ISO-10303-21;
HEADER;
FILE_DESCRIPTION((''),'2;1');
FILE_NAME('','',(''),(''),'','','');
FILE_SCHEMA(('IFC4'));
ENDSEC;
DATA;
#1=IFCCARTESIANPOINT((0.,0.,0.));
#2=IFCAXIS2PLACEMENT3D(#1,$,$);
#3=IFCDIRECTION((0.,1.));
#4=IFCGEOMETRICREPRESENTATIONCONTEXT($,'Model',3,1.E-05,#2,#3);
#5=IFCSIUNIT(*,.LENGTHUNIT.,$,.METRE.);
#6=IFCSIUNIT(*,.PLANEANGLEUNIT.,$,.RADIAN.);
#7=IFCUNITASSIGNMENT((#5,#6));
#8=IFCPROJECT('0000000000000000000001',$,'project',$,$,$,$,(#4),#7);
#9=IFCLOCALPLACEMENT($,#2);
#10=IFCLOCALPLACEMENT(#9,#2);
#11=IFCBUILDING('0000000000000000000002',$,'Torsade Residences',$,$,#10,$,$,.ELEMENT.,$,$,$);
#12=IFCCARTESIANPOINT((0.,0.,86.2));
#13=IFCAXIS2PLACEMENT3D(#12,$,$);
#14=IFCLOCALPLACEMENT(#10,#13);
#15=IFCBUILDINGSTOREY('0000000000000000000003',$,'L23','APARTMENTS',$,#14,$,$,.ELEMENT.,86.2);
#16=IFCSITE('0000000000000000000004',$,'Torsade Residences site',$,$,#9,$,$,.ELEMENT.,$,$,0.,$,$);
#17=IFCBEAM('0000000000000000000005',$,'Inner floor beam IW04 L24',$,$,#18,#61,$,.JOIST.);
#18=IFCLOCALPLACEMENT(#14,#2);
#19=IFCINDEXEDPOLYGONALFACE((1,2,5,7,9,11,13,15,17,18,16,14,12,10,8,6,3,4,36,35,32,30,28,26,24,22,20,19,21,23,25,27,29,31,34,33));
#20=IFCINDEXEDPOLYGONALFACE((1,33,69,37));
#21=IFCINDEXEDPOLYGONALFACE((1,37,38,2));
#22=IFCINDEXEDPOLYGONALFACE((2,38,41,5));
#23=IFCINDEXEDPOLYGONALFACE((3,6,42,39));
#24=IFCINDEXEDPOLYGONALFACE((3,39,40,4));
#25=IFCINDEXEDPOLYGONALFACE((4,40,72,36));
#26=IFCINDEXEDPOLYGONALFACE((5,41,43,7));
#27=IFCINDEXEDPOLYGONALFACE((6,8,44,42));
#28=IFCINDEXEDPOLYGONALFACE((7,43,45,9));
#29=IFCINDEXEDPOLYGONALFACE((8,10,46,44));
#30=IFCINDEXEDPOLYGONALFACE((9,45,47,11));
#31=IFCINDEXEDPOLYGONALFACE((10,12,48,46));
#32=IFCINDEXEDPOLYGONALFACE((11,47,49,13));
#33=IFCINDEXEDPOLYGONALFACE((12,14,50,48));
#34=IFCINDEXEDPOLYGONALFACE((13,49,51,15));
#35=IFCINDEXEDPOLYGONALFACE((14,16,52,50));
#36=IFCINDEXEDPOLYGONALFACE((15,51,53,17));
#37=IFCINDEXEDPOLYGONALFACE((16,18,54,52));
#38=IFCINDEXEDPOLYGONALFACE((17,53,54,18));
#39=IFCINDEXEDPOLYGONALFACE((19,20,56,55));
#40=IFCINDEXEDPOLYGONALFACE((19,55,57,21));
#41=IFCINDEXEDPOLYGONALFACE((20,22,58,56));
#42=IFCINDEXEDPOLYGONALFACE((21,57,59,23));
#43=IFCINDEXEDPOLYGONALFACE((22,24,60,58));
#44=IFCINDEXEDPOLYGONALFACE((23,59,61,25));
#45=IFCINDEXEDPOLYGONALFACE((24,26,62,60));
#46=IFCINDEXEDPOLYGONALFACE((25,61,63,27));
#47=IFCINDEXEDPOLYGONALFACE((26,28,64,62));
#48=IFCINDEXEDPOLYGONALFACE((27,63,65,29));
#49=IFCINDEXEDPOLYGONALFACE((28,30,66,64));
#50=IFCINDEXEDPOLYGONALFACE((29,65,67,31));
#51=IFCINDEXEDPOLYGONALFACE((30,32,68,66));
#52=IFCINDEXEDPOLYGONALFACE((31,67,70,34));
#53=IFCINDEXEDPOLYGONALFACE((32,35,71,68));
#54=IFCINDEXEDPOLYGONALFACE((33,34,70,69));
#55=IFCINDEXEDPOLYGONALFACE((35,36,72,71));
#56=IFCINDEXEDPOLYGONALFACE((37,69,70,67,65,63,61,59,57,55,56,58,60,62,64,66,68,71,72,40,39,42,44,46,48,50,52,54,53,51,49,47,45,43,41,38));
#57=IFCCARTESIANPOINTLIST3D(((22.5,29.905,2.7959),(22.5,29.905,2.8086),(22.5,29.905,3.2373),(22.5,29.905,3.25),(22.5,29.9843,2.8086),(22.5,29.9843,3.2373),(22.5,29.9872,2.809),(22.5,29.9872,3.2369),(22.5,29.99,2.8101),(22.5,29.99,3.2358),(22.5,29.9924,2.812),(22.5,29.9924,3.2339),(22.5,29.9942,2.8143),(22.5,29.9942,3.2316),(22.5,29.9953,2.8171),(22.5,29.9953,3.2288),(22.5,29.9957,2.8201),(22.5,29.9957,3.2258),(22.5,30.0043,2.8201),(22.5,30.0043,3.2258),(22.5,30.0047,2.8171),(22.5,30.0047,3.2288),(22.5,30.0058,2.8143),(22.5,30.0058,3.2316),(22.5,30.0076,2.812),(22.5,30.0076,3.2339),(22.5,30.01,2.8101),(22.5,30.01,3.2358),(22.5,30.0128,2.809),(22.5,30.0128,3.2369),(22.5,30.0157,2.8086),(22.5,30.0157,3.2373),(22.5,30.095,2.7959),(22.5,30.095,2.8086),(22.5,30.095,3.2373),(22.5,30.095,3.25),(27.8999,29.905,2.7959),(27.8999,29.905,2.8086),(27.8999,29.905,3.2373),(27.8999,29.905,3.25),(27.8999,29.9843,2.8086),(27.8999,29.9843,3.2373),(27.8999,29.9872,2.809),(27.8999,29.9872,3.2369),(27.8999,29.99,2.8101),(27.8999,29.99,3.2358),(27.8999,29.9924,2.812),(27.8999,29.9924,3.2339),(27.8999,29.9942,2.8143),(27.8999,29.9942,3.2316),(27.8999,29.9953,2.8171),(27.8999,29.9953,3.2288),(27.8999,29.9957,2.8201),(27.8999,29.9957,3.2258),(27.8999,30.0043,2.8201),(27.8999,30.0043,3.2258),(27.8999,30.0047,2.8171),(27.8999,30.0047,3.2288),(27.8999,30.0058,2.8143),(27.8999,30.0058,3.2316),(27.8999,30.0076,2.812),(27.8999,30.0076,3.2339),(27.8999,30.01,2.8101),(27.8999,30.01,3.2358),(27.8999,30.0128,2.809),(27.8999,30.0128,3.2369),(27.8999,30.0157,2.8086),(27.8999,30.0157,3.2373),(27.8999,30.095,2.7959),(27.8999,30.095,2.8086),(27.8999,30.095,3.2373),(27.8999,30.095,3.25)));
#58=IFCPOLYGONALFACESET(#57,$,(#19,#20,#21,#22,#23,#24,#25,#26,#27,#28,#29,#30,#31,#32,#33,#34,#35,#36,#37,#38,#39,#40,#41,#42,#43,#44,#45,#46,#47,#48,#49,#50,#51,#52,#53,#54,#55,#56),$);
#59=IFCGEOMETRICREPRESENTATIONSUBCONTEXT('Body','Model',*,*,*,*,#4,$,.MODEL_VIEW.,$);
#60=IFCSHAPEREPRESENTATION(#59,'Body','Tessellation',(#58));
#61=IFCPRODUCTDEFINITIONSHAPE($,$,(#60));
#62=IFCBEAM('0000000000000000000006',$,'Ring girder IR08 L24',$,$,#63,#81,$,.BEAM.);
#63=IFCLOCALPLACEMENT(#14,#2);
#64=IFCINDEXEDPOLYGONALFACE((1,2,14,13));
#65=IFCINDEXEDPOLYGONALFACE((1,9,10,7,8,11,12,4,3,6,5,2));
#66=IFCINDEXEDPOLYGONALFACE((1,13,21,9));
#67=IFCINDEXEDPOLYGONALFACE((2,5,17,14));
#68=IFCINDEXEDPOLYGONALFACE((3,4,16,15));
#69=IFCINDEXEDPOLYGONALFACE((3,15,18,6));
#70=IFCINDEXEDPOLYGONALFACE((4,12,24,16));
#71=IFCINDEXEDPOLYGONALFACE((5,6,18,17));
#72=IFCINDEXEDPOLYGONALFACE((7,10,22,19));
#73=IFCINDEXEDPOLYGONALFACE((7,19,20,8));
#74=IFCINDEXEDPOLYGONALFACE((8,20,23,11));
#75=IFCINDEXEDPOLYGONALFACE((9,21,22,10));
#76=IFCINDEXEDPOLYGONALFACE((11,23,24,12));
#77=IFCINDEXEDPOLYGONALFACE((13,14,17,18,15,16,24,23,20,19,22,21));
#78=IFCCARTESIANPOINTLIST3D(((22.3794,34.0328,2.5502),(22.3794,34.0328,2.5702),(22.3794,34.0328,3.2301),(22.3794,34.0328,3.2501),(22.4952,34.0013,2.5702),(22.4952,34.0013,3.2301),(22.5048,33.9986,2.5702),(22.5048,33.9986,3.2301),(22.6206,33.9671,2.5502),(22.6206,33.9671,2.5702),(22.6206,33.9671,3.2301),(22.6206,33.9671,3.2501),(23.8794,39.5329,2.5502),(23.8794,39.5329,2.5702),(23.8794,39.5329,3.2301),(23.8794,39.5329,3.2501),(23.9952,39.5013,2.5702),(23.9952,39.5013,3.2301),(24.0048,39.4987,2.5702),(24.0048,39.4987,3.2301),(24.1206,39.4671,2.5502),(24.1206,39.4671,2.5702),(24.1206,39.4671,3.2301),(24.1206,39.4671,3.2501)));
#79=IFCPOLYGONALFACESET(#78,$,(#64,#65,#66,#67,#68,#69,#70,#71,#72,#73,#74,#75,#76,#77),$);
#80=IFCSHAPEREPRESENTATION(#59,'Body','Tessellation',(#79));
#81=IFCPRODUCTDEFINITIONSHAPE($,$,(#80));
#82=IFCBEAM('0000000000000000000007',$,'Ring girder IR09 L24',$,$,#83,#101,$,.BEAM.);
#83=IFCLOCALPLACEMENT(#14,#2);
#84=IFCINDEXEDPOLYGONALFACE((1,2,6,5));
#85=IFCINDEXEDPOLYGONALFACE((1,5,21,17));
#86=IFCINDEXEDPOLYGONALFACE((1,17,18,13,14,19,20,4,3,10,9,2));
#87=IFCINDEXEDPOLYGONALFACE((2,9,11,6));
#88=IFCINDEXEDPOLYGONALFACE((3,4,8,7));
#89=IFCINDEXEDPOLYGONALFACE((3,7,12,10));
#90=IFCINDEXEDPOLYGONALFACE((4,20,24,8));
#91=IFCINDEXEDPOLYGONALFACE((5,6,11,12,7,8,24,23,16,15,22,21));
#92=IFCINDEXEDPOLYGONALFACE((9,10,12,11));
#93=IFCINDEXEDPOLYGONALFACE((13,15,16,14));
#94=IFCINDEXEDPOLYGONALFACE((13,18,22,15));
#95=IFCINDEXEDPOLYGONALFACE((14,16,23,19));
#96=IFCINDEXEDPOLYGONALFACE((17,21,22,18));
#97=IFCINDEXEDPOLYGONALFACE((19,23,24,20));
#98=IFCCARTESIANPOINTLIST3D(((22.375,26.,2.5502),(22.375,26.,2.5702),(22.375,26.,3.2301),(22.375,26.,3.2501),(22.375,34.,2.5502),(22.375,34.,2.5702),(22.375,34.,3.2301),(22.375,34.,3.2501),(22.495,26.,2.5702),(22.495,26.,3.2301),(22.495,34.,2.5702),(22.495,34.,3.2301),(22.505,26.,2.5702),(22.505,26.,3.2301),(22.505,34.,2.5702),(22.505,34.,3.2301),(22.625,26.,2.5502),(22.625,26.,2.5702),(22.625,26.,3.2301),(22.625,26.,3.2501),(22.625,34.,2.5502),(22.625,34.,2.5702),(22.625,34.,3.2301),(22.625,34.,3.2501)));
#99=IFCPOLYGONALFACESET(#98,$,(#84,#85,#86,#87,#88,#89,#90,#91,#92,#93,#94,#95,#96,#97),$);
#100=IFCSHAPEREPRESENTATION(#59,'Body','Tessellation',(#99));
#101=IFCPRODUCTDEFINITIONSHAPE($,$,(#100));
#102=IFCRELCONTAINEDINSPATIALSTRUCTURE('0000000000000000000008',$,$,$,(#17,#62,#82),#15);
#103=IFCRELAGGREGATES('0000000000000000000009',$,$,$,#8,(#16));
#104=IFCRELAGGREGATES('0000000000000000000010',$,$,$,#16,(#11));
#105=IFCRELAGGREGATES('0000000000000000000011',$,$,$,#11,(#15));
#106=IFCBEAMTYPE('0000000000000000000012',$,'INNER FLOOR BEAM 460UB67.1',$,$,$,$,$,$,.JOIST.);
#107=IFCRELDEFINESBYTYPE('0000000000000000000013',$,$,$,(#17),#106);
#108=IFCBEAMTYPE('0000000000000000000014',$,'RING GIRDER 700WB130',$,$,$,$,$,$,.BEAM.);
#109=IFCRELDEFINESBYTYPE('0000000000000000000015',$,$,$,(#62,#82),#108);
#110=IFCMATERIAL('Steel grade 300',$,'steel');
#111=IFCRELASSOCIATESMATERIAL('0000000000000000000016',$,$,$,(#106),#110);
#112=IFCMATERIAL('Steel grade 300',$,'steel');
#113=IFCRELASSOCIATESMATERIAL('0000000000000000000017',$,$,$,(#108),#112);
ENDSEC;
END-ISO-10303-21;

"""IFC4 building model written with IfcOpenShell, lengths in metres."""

from ifc_helpers import new_model, si_unit, direction, frame, origin, origin_2d, place, context, subcontext, project, spatial, i_section, extrude, material, material_profile, profile_set, type_object, element, save


model = new_model("IFC4")

# Units and contexts
model_context = context("Model", 3, precision=1e-05, world=origin(), true_north=direction((0.0, 1.0)))
body_context = subcontext(model_context, "Body", "Model", "MODEL_VIEW")
ifc_project = project(units=[si_unit("LENGTHUNIT", "METRE"), si_unit("PLANEANGLEUNIT", "RADIAN")], contexts=[model_context])

# Site, building, storey
site_placement = place(None, origin())
site = spatial("IfcSite", under=ifc_project, at=site_placement, Name="Torsade Residences site", CompositionType="ELEMENT", RefElevation=0.0)
building_placement = place(site_placement, origin())
building = spatial("IfcBuilding", under=site, at=building_placement, Name="Torsade Residences", CompositionType="ELEMENT")
storey_placement = place(building_placement, frame((0.0, 0.0, 86.2)))
storey = spatial("IfcBuildingStorey", under=building, at=storey_placement, Name="L23", Description="APARTMENTS", CompositionType="ELEMENT", Elevation=86.2)

# Beams
ifc_material_1 = material(Name="Steel grade 300", Category="steel")
ifc_material_profile_1 = material_profile(ifc_material_1, i_section(OverallWidth=0.1899, OverallDepth=0.4541, WebThickness=0.0085, FlangeThickness=0.0127, FilletRadius=0.0115, at=origin_2d()), Name="460UB67.1")
ifc_profile_set_1 = profile_set([ifc_material_profile_1], Name="Steel grade 300")
beam_type_1 = type_object("IfcBeamType", Name="INNER FLOOR BEAM 460UB67.1", PredefinedType="JOIST", material=ifc_profile_set_1)
for number, where, z_axis, x_axis, name in (
    (1, (27.8999, 30.0, 3.0229), (-1.0, 0.0, 0.0), (0.0, -1.0, 0.0), "Inner floor beam IW04 L24"),
):
    element("IfcBeam", number, at=place(storey_placement, frame(where, z_axis=z_axis, x_axis=x_axis)), inside=storey, type_object=beam_type_1, Name=name, PredefinedType="JOIST", context=body_context, shape_type="SweptSolid", body=[
        extrude(i_section(OverallWidth=0.1899, OverallDepth=0.4541, WebThickness=0.0085, FlangeThickness=0.0127, FilletRadius=0.0115, at=origin_2d()), origin(), (0.0, 0.0, 1.0), 5.3999),
    ])
ifc_material_2 = material(Name="Steel grade 300", Category="steel")
ifc_material_profile_2 = material_profile(ifc_material_2, i_section(OverallWidth=0.25, OverallDepth=0.7, WebThickness=0.01, FlangeThickness=0.02, at=origin_2d()), Name="700WB130")
ifc_profile_set_2 = profile_set([ifc_material_profile_2], Name="Steel grade 300")
beam_type_2 = type_object("IfcBeamType", Name="RING GIRDER 700WB130", PredefinedType="BEAM", material=ifc_profile_set_2)
beam_1_placement = place(storey_placement, frame((24.0, 39.5, 2.9001), z_axis=(-0.263117, -0.964764, 0.0), x_axis=(0.964764, -0.263117, 0.0)))
element("IfcBeam", 2, at=beam_1_placement, inside=storey, type_object=beam_type_2, Name="Ring girder IR08 L24", PredefinedType="BEAM", context=body_context, shape_type="SweptSolid", body=[
    extrude(i_section(OverallWidth=0.25, OverallDepth=0.7, WebThickness=0.01, FlangeThickness=0.02, at=origin_2d()), origin(), (0.0, 0.0, 1.0), 5.7009),
])
beam_2_placement = place(storey_placement, frame((22.5, 34.0, 2.9001), z_axis=(0.0, -1.0, 0.0), x_axis=(1.0, 0.0, 0.0)))
element("IfcBeam", 3, at=beam_2_placement, inside=storey, type_object=beam_type_2, Name="Ring girder IR09 L24", PredefinedType="BEAM", context=body_context, shape_type="SweptSolid", body=[
    extrude(i_section(OverallWidth=0.25, OverallDepth=0.7, WebThickness=0.01, FlangeThickness=0.02, at=origin_2d()), origin(), (0.0, 0.0, 1.0), 8.0),
])

save(model, "model.ifc")
